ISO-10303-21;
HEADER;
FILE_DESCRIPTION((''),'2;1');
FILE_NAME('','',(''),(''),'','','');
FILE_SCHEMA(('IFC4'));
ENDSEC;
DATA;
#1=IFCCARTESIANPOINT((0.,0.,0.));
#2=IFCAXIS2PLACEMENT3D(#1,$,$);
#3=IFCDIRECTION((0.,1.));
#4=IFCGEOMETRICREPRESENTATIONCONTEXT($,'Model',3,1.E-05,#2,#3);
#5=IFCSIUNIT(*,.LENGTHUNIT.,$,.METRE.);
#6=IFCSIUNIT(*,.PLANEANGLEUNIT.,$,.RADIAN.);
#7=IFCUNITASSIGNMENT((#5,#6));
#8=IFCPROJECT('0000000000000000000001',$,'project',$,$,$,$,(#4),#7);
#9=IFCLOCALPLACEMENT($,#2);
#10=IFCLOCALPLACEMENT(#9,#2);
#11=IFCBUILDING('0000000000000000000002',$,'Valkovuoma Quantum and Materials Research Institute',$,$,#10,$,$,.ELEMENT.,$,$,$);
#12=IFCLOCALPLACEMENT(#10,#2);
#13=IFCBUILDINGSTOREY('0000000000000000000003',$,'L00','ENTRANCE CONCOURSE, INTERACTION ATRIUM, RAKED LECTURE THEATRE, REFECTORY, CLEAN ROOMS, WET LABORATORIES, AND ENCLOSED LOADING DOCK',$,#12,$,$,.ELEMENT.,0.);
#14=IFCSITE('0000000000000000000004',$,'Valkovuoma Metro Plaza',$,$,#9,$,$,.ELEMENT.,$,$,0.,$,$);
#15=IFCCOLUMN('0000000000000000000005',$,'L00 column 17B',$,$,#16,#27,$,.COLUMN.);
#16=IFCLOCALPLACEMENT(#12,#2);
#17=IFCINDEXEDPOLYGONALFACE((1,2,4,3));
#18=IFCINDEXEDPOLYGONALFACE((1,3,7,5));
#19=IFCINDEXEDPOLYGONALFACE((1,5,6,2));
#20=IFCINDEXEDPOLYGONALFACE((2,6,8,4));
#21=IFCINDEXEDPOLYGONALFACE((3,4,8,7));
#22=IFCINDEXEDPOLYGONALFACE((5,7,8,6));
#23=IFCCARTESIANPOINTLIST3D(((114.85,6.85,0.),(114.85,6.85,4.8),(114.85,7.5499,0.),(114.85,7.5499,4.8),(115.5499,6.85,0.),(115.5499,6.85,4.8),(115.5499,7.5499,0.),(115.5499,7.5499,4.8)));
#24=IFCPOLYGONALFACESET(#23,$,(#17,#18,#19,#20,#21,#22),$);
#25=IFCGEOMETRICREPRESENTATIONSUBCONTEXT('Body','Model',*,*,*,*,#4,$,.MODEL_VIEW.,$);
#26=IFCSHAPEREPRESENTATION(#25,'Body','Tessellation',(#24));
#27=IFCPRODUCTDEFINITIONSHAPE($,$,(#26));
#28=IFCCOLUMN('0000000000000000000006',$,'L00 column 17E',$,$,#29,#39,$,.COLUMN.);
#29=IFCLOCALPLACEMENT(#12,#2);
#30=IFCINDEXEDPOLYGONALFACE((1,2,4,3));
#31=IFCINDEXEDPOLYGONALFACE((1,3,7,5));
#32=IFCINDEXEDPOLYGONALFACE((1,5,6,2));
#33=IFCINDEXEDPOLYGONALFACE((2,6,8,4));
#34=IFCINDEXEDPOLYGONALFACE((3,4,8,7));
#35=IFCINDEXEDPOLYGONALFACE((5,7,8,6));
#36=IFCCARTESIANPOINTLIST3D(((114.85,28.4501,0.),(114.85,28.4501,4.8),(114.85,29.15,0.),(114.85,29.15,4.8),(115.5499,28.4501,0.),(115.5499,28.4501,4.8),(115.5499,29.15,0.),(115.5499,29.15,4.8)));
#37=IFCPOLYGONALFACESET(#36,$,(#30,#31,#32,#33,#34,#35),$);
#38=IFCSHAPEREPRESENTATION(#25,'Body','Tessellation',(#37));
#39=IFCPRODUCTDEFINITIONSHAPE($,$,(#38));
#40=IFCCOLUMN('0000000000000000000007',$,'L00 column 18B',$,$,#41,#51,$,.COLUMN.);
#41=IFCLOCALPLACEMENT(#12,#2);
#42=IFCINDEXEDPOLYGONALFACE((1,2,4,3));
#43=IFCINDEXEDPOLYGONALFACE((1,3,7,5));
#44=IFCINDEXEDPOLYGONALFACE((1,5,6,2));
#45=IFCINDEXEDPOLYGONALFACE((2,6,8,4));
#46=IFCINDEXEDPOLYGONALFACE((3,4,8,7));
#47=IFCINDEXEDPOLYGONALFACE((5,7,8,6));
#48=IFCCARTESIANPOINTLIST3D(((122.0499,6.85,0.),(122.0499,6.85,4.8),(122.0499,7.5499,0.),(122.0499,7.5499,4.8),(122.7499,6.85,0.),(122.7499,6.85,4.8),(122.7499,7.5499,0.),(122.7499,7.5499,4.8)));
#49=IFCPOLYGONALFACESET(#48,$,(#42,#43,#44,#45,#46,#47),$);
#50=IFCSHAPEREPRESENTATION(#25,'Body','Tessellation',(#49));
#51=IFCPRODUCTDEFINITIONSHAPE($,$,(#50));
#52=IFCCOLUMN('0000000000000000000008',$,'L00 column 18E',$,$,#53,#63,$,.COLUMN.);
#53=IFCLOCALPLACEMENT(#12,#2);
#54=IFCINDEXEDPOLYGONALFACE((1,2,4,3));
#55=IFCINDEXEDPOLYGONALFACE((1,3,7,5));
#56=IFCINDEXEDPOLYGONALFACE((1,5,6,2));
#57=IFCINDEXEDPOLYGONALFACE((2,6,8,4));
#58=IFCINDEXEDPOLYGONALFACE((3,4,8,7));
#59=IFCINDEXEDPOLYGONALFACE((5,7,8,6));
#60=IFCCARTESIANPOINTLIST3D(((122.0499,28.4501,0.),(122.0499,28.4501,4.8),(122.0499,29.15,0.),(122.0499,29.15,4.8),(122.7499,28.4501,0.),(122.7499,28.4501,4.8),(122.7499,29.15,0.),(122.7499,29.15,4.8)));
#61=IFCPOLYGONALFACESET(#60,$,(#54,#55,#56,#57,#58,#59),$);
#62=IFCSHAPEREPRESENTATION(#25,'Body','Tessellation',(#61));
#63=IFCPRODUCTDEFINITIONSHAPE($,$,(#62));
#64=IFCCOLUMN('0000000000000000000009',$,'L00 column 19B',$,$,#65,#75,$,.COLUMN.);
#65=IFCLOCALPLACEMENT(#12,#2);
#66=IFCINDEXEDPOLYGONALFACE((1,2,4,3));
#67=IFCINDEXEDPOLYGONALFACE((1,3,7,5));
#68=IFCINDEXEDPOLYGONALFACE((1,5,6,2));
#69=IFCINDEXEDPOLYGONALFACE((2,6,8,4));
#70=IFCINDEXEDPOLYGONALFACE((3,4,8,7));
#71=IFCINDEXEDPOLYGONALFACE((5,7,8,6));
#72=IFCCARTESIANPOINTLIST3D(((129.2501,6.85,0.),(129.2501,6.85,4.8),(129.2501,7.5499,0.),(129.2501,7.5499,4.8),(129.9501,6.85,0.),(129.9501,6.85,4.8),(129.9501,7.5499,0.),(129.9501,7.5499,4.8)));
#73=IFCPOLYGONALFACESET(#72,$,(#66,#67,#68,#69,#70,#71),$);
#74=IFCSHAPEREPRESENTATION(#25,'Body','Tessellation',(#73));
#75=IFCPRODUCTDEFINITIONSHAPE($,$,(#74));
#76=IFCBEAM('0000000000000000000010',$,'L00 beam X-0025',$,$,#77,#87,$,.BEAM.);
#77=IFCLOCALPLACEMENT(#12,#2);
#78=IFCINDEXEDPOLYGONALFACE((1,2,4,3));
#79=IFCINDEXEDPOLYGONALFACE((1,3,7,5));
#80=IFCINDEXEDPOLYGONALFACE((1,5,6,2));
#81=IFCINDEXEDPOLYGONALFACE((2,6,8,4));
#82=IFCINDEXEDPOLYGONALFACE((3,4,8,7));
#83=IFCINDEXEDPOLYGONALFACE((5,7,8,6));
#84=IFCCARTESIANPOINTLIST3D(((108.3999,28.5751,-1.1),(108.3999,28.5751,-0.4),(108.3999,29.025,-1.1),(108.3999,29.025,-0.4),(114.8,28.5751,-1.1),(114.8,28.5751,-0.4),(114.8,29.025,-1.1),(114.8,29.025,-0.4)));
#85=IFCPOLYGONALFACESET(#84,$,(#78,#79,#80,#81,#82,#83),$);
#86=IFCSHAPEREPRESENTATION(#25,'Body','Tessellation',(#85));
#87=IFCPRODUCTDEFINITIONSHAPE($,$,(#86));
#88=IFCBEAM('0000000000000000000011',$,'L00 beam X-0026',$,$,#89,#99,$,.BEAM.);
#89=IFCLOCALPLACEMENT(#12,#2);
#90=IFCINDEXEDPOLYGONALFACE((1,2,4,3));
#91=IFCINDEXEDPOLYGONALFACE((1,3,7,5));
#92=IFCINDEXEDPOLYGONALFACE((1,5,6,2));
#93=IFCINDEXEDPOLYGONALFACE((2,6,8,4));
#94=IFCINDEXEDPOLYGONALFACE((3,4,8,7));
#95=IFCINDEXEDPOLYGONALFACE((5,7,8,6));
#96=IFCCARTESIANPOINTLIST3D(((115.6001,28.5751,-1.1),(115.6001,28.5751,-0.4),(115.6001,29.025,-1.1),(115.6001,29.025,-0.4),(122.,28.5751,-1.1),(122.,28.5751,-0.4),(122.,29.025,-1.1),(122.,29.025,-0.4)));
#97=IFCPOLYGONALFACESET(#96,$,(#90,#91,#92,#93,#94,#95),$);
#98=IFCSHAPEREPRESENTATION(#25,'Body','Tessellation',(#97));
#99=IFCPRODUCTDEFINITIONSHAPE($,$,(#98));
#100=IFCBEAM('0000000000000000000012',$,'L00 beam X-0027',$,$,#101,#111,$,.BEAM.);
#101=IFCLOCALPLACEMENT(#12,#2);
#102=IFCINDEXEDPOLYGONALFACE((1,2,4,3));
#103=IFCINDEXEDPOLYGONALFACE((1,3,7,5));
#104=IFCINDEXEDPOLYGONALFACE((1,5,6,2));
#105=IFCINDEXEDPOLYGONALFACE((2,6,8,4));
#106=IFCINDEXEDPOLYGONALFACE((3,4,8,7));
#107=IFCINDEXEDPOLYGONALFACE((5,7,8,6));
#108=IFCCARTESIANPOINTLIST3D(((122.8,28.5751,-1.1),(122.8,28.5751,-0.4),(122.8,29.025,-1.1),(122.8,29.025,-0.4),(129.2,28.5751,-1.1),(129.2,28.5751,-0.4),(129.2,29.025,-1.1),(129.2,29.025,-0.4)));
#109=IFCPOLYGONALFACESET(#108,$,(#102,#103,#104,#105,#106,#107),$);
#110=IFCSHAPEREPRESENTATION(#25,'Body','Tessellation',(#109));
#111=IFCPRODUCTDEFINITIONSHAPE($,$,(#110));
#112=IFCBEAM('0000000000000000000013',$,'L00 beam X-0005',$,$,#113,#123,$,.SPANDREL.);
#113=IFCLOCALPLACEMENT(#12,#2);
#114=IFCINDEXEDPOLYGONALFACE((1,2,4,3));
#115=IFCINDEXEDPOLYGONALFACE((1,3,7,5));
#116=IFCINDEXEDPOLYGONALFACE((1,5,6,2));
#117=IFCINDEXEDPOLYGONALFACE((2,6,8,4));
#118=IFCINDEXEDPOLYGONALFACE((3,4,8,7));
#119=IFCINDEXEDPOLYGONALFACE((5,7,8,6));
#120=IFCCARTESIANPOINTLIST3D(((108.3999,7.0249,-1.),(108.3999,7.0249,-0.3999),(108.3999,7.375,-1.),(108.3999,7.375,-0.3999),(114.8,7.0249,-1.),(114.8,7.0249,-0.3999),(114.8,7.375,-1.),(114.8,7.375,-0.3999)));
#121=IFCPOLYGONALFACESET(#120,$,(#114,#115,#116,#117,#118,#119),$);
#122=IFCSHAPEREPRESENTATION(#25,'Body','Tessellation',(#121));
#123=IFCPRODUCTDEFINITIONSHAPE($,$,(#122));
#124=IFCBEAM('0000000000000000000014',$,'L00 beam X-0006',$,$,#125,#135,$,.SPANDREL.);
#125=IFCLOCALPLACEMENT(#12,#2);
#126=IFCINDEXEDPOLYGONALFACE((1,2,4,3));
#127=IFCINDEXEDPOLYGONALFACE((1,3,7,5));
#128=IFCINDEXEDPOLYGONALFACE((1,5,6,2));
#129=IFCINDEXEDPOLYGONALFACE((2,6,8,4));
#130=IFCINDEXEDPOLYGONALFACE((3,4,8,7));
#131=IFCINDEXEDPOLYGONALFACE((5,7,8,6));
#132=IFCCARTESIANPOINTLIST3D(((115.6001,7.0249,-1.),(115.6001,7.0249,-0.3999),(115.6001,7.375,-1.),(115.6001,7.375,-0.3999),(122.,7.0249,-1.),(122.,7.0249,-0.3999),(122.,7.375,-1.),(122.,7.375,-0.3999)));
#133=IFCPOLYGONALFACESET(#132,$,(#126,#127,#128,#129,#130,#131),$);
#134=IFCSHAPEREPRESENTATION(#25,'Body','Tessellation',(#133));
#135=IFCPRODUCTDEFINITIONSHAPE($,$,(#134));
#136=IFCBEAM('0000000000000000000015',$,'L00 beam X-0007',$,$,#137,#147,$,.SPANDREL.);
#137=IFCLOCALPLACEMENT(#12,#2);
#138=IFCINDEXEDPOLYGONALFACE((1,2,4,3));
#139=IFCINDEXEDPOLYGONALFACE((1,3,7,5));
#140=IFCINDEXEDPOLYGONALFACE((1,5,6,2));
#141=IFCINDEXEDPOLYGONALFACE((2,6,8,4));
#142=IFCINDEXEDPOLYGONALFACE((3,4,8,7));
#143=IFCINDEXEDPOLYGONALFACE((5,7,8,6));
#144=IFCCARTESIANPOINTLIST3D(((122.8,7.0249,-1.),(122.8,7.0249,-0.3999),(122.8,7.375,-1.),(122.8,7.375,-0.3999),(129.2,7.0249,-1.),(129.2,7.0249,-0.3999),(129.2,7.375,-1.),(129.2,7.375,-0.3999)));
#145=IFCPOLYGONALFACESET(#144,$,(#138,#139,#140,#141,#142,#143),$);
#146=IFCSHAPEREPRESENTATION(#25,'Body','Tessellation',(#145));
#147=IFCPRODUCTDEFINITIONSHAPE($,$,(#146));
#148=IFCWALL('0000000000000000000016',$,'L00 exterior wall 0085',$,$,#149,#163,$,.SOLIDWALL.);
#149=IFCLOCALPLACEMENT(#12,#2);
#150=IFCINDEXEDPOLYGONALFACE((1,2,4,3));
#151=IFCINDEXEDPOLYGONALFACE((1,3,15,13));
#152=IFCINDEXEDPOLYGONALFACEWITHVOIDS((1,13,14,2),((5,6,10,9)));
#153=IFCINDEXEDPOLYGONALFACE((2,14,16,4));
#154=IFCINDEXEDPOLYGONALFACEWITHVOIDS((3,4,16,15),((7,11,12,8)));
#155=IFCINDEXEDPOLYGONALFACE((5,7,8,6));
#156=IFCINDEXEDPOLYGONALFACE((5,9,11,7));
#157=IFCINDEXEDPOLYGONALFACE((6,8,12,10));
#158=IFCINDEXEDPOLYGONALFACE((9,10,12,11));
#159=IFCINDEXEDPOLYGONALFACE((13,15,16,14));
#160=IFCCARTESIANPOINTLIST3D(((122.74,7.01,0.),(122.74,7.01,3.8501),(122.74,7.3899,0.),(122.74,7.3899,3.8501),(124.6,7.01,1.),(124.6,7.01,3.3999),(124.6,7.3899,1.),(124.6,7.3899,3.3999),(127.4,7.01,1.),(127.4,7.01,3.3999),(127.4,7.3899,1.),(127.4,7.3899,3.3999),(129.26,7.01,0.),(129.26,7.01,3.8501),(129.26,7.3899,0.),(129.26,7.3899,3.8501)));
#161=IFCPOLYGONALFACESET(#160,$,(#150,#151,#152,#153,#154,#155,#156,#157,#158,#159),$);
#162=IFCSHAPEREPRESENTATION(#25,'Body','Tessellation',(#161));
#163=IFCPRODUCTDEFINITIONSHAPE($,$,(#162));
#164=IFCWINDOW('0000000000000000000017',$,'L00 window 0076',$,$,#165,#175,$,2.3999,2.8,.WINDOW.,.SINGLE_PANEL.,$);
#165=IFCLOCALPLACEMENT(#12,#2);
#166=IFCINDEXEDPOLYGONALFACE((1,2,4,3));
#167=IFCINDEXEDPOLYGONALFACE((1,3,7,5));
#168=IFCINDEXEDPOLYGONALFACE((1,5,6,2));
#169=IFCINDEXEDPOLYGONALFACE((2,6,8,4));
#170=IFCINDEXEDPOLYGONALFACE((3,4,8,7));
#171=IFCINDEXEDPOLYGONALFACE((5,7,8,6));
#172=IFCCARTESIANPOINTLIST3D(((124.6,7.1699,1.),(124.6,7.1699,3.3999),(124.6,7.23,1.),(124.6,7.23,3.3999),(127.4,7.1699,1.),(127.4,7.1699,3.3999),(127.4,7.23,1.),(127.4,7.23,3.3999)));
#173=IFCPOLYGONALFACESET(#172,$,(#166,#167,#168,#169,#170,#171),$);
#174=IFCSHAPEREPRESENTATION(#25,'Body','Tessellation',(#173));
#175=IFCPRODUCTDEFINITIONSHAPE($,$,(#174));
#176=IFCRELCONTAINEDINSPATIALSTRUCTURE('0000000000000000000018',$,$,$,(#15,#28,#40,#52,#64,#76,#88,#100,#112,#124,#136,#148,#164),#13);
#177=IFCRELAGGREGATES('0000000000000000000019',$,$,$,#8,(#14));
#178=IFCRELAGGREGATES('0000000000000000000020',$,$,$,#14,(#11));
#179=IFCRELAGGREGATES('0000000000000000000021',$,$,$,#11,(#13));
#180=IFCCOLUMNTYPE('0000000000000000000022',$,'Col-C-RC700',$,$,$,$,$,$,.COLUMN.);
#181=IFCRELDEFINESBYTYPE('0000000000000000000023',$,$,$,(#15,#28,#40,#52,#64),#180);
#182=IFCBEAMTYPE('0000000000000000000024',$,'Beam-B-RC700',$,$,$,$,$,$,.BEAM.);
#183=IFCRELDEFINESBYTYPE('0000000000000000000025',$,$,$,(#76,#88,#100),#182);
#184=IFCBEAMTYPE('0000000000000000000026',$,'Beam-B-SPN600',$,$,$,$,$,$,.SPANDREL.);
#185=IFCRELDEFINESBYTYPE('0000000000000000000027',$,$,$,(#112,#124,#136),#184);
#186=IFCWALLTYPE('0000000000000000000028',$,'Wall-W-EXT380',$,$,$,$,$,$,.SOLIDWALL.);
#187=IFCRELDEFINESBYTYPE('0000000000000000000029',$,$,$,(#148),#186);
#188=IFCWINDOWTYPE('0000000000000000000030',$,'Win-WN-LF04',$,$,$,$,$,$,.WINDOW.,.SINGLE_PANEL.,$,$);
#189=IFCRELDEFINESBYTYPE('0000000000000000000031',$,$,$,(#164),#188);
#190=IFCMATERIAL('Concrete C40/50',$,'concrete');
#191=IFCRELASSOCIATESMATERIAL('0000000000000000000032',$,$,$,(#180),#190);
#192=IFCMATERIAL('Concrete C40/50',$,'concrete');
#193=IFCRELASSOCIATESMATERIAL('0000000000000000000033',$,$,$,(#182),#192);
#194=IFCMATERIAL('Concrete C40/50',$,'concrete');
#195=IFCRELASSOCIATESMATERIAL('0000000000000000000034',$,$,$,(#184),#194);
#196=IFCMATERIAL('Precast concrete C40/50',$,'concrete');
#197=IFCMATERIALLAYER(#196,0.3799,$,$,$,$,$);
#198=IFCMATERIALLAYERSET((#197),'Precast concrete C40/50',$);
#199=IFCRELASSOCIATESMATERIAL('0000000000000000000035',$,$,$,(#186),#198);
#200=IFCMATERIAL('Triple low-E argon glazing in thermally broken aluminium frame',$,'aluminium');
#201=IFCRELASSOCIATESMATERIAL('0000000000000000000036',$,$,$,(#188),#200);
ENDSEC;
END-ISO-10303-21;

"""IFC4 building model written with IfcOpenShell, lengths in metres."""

from ifc_helpers import new_model, si_unit, direction, frame, frame_2d, origin, origin_2d, place, context, subcontext, project, spatial, rectangle, extrude, material, layer, layer_set, material_profile, profile_set, type_object, element, fill, save


model = new_model("IFC4")

# Units and contexts
model_context = context("Model", 3, precision=1e-05, world=origin(), true_north=direction((0.0, 1.0)))
body_context = subcontext(model_context, "Body", "Model", "MODEL_VIEW")
ifc_project = project(units=[si_unit("LENGTHUNIT", "METRE"), si_unit("PLANEANGLEUNIT", "RADIAN")], contexts=[model_context])

# Site, building, storey
site_placement = place(None, origin())
site = spatial("IfcSite", under=ifc_project, at=site_placement, Name="Valkovuoma Metro Plaza", CompositionType="ELEMENT", RefElevation=0.0)
building_placement = place(site_placement, origin())
building = spatial("IfcBuilding", under=site, at=building_placement, Name="Valkovuoma Quantum and Materials Research Institute", CompositionType="ELEMENT")
storey_placement = place(building_placement, origin())
storey = spatial("IfcBuildingStorey", under=building, at=storey_placement, Name="L00", Description="ENTRANCE CONCOURSE, INTERACTION ATRIUM, RAKED LECTURE THEATRE, REFECTORY, CLEAN ROOMS, WET LABORATORIES, AND ENCLOSED LOADING DOCK", CompositionType="ELEMENT", Elevation=0.0)

# Columns
ifc_material_1 = material(Name="Concrete C40/50", Category="concrete")
ifc_material_profile_1 = material_profile(ifc_material_1, rectangle(XDim=0.7, YDim=0.7, at=origin_2d()), Name="Concrete C40/50")
ifc_profile_set_1 = profile_set([ifc_material_profile_1], Name="Concrete C40/50")
column_type = type_object("IfcColumnType", Name="Col-C-RC700", PredefinedType="COLUMN", material=ifc_profile_set_1)
for number, where, z_axis, x_axis, name in (
    (1, (115.2, 7.2, 0.0), (0.0, 0.0, 1.0), (1.0, 0.0, 0.0), "L00 column 17B"),
    (2, (115.2, 28.8, 0.0), (0.0, 0.0, 1.0), (1.0, 0.0, 0.0), "L00 column 17E"),
    (3, (122.3999, 7.2, 0.0), (0.0, 0.0, 1.0), (1.0, 0.0, 0.0), "L00 column 18B"),
    (4, (122.3999, 28.8, 0.0), (0.0, 0.0, 1.0), (1.0, 0.0, 0.0), "L00 column 18E"),
    (5, (129.6001, 7.2, 0.0), (0.0, 0.0, 1.0), (1.0, 0.0, 0.0), "L00 column 19B"),
):
    element("IfcColumn", number, at=place(storey_placement, frame(where, z_axis=z_axis, x_axis=x_axis)), inside=storey, type_object=column_type, Name=name, PredefinedType="COLUMN", context=body_context, shape_type="SweptSolid", body=[
        extrude(rectangle(XDim=0.7, YDim=0.7, at=origin_2d()), origin(), (0.0, 0.0, 1.0), 4.8),
    ])

# Beams
ifc_material_2 = material(Name="Concrete C40/50", Category="concrete")
ifc_material_profile_2 = material_profile(ifc_material_2, rectangle(XDim=0.45, YDim=0.7, at=origin_2d()), Name="Concrete C40/50")
ifc_profile_set_2 = profile_set([ifc_material_profile_2], Name="Concrete C40/50")
beam_type_1 = type_object("IfcBeamType", Name="Beam-B-RC700", PredefinedType="BEAM", material=ifc_profile_set_2)
beam_1_placement = place(storey_placement, frame((108.3999, 28.8, -0.75), z_axis=(1.0, 0.0, 0.0), x_axis=(0.0, 1.0, 0.0)))
element("IfcBeam", 6, at=beam_1_placement, inside=storey, type_object=beam_type_1, Name="L00 beam X-0025", PredefinedType="BEAM", context=body_context, shape_type="SweptSolid", body=[
    extrude(rectangle(XDim=0.45, YDim=0.7, at=origin_2d()), origin(), (0.0, 0.0, 1.0), 6.4001),
])
for number, where, z_axis, x_axis, name in (
    (7, (115.6001, 28.8, -0.75), (1.0, 0.0, 0.0), (0.0, 1.0, 0.0), "L00 beam X-0026"),
    (8, (122.8, 28.8, -0.75), (1.0, 0.0, 0.0), (0.0, 1.0, 0.0), "L00 beam X-0027"),
):
    element("IfcBeam", number, at=place(storey_placement, frame(where, z_axis=z_axis, x_axis=x_axis)), inside=storey, type_object=beam_type_1, Name=name, PredefinedType="BEAM", context=body_context, shape_type="SweptSolid", body=[
        extrude(rectangle(XDim=0.45, YDim=0.7, at=origin_2d()), origin(), (0.0, 0.0, 1.0), 6.3999),
    ])
ifc_material_3 = material(Name="Concrete C40/50", Category="concrete")
ifc_material_profile_3 = material_profile(ifc_material_3, rectangle(XDim=0.3501, YDim=0.6001, at=origin_2d()), Name="Concrete C40/50")
ifc_profile_set_3 = profile_set([ifc_material_profile_3], Name="Concrete C40/50")
beam_type_2 = type_object("IfcBeamType", Name="Beam-B-SPN600", PredefinedType="SPANDREL", material=ifc_profile_set_3)
beam_2_placement = place(storey_placement, frame((108.3999, 7.2, -0.7), z_axis=(1.0, 0.0, 0.0), x_axis=(0.0, 1.0, 0.0)))
element("IfcBeam", 9, at=beam_2_placement, inside=storey, type_object=beam_type_2, Name="L00 beam X-0005", PredefinedType="SPANDREL", context=body_context, shape_type="SweptSolid", body=[
    extrude(rectangle(XDim=0.3501, YDim=0.6001, at=origin_2d()), origin(), (0.0, 0.0, 1.0), 6.4001),
])
for number, where, z_axis, x_axis, name in (
    (10, (115.6001, 7.2, -0.7), (1.0, 0.0, 0.0), (0.0, 1.0, 0.0), "L00 beam X-0006"),
    (11, (122.8, 7.2, -0.7), (1.0, 0.0, 0.0), (0.0, 1.0, 0.0), "L00 beam X-0007"),
):
    element("IfcBeam", number, at=place(storey_placement, frame(where, z_axis=z_axis, x_axis=x_axis)), inside=storey, type_object=beam_type_2, Name=name, PredefinedType="SPANDREL", context=body_context, shape_type="SweptSolid", body=[
        extrude(rectangle(XDim=0.3501, YDim=0.6001, at=origin_2d()), origin(), (0.0, 0.0, 1.0), 6.3999),
    ])

# Shared definitions
ifc_material_4 = material(Name="Precast concrete C40/50", Category="concrete")
ifc_layer = layer(ifc_material_4, 0.3799)
ifc_layer_set = layer_set([ifc_layer], Name="Precast concrete C40/50")
wall_type = type_object("IfcWallType", Name="Wall-W-EXT380", PredefinedType="SOLIDWALL", material=ifc_layer_set)

# Wall, opening, window
wall_1_placement = place(storey_placement, frame((122.74, 7.2, 0.0), z_axis=(0.0, 0.0, 1.0), x_axis=(1.0, 0.0, 0.0)))
wall_1 = element("IfcWall", 12, at=wall_1_placement, inside=storey, type_object=wall_type, Name="L00 exterior wall 0085", PredefinedType="SOLIDWALL", context=body_context, shape_type="SweptSolid", body=[
    extrude(rectangle(XDim=6.52, YDim=0.3799, at=frame_2d((3.26, 0.0))), origin(), (0.0, 0.0, 1.0), 3.8501),
])
opening_1_placement = place(wall_1_placement, frame((1.8601, 0.0, 1.0)))
opening_1 = element("IfcOpeningElement", 13, at=opening_1_placement, cuts=wall_1, PredefinedType="OPENING", context=body_context, shape_type="SweptSolid", body=[
    extrude(rectangle(XDim=2.8, YDim=2.3999, at=frame_2d((1.3999, 1.2))), frame((0.0, 0.2, 0.0), z_axis=(0.0, -1.0, 0.0), x_axis=(1.0, 0.0, 0.0)), (0.0, 0.0, 1.0), 0.3999),
])
ifc_material_5 = material(Name="Triple low-E argon glazing in thermally broken aluminium frame", Category="aluminium")
window_type = type_object("IfcWindowType", Name="Win-WN-LF04", PartitioningType="SINGLE_PANEL", PredefinedType="WINDOW", material=ifc_material_5)
window_placement = place(opening_1_placement, origin())
window = element("IfcWindow", 14, at=window_placement, inside=storey, type_object=window_type, Name="L00 window 0076", OverallHeight=2.3999, OverallWidth=2.8, PartitioningType="SINGLE_PANEL", PredefinedType="WINDOW", context=body_context, shape_type="SweptSolid", body=[
    extrude(rectangle(XDim=2.8, YDim=2.3999, at=frame_2d((1.3999, 1.2))), frame((0.0, 0.03, 0.0), z_axis=(0.0, -1.0, 0.0), x_axis=(1.0, 0.0, 0.0)), (0.0, 0.0, 1.0), 0.0601),
])
fill(opening_1, window)

save(model, "model.ifc")
